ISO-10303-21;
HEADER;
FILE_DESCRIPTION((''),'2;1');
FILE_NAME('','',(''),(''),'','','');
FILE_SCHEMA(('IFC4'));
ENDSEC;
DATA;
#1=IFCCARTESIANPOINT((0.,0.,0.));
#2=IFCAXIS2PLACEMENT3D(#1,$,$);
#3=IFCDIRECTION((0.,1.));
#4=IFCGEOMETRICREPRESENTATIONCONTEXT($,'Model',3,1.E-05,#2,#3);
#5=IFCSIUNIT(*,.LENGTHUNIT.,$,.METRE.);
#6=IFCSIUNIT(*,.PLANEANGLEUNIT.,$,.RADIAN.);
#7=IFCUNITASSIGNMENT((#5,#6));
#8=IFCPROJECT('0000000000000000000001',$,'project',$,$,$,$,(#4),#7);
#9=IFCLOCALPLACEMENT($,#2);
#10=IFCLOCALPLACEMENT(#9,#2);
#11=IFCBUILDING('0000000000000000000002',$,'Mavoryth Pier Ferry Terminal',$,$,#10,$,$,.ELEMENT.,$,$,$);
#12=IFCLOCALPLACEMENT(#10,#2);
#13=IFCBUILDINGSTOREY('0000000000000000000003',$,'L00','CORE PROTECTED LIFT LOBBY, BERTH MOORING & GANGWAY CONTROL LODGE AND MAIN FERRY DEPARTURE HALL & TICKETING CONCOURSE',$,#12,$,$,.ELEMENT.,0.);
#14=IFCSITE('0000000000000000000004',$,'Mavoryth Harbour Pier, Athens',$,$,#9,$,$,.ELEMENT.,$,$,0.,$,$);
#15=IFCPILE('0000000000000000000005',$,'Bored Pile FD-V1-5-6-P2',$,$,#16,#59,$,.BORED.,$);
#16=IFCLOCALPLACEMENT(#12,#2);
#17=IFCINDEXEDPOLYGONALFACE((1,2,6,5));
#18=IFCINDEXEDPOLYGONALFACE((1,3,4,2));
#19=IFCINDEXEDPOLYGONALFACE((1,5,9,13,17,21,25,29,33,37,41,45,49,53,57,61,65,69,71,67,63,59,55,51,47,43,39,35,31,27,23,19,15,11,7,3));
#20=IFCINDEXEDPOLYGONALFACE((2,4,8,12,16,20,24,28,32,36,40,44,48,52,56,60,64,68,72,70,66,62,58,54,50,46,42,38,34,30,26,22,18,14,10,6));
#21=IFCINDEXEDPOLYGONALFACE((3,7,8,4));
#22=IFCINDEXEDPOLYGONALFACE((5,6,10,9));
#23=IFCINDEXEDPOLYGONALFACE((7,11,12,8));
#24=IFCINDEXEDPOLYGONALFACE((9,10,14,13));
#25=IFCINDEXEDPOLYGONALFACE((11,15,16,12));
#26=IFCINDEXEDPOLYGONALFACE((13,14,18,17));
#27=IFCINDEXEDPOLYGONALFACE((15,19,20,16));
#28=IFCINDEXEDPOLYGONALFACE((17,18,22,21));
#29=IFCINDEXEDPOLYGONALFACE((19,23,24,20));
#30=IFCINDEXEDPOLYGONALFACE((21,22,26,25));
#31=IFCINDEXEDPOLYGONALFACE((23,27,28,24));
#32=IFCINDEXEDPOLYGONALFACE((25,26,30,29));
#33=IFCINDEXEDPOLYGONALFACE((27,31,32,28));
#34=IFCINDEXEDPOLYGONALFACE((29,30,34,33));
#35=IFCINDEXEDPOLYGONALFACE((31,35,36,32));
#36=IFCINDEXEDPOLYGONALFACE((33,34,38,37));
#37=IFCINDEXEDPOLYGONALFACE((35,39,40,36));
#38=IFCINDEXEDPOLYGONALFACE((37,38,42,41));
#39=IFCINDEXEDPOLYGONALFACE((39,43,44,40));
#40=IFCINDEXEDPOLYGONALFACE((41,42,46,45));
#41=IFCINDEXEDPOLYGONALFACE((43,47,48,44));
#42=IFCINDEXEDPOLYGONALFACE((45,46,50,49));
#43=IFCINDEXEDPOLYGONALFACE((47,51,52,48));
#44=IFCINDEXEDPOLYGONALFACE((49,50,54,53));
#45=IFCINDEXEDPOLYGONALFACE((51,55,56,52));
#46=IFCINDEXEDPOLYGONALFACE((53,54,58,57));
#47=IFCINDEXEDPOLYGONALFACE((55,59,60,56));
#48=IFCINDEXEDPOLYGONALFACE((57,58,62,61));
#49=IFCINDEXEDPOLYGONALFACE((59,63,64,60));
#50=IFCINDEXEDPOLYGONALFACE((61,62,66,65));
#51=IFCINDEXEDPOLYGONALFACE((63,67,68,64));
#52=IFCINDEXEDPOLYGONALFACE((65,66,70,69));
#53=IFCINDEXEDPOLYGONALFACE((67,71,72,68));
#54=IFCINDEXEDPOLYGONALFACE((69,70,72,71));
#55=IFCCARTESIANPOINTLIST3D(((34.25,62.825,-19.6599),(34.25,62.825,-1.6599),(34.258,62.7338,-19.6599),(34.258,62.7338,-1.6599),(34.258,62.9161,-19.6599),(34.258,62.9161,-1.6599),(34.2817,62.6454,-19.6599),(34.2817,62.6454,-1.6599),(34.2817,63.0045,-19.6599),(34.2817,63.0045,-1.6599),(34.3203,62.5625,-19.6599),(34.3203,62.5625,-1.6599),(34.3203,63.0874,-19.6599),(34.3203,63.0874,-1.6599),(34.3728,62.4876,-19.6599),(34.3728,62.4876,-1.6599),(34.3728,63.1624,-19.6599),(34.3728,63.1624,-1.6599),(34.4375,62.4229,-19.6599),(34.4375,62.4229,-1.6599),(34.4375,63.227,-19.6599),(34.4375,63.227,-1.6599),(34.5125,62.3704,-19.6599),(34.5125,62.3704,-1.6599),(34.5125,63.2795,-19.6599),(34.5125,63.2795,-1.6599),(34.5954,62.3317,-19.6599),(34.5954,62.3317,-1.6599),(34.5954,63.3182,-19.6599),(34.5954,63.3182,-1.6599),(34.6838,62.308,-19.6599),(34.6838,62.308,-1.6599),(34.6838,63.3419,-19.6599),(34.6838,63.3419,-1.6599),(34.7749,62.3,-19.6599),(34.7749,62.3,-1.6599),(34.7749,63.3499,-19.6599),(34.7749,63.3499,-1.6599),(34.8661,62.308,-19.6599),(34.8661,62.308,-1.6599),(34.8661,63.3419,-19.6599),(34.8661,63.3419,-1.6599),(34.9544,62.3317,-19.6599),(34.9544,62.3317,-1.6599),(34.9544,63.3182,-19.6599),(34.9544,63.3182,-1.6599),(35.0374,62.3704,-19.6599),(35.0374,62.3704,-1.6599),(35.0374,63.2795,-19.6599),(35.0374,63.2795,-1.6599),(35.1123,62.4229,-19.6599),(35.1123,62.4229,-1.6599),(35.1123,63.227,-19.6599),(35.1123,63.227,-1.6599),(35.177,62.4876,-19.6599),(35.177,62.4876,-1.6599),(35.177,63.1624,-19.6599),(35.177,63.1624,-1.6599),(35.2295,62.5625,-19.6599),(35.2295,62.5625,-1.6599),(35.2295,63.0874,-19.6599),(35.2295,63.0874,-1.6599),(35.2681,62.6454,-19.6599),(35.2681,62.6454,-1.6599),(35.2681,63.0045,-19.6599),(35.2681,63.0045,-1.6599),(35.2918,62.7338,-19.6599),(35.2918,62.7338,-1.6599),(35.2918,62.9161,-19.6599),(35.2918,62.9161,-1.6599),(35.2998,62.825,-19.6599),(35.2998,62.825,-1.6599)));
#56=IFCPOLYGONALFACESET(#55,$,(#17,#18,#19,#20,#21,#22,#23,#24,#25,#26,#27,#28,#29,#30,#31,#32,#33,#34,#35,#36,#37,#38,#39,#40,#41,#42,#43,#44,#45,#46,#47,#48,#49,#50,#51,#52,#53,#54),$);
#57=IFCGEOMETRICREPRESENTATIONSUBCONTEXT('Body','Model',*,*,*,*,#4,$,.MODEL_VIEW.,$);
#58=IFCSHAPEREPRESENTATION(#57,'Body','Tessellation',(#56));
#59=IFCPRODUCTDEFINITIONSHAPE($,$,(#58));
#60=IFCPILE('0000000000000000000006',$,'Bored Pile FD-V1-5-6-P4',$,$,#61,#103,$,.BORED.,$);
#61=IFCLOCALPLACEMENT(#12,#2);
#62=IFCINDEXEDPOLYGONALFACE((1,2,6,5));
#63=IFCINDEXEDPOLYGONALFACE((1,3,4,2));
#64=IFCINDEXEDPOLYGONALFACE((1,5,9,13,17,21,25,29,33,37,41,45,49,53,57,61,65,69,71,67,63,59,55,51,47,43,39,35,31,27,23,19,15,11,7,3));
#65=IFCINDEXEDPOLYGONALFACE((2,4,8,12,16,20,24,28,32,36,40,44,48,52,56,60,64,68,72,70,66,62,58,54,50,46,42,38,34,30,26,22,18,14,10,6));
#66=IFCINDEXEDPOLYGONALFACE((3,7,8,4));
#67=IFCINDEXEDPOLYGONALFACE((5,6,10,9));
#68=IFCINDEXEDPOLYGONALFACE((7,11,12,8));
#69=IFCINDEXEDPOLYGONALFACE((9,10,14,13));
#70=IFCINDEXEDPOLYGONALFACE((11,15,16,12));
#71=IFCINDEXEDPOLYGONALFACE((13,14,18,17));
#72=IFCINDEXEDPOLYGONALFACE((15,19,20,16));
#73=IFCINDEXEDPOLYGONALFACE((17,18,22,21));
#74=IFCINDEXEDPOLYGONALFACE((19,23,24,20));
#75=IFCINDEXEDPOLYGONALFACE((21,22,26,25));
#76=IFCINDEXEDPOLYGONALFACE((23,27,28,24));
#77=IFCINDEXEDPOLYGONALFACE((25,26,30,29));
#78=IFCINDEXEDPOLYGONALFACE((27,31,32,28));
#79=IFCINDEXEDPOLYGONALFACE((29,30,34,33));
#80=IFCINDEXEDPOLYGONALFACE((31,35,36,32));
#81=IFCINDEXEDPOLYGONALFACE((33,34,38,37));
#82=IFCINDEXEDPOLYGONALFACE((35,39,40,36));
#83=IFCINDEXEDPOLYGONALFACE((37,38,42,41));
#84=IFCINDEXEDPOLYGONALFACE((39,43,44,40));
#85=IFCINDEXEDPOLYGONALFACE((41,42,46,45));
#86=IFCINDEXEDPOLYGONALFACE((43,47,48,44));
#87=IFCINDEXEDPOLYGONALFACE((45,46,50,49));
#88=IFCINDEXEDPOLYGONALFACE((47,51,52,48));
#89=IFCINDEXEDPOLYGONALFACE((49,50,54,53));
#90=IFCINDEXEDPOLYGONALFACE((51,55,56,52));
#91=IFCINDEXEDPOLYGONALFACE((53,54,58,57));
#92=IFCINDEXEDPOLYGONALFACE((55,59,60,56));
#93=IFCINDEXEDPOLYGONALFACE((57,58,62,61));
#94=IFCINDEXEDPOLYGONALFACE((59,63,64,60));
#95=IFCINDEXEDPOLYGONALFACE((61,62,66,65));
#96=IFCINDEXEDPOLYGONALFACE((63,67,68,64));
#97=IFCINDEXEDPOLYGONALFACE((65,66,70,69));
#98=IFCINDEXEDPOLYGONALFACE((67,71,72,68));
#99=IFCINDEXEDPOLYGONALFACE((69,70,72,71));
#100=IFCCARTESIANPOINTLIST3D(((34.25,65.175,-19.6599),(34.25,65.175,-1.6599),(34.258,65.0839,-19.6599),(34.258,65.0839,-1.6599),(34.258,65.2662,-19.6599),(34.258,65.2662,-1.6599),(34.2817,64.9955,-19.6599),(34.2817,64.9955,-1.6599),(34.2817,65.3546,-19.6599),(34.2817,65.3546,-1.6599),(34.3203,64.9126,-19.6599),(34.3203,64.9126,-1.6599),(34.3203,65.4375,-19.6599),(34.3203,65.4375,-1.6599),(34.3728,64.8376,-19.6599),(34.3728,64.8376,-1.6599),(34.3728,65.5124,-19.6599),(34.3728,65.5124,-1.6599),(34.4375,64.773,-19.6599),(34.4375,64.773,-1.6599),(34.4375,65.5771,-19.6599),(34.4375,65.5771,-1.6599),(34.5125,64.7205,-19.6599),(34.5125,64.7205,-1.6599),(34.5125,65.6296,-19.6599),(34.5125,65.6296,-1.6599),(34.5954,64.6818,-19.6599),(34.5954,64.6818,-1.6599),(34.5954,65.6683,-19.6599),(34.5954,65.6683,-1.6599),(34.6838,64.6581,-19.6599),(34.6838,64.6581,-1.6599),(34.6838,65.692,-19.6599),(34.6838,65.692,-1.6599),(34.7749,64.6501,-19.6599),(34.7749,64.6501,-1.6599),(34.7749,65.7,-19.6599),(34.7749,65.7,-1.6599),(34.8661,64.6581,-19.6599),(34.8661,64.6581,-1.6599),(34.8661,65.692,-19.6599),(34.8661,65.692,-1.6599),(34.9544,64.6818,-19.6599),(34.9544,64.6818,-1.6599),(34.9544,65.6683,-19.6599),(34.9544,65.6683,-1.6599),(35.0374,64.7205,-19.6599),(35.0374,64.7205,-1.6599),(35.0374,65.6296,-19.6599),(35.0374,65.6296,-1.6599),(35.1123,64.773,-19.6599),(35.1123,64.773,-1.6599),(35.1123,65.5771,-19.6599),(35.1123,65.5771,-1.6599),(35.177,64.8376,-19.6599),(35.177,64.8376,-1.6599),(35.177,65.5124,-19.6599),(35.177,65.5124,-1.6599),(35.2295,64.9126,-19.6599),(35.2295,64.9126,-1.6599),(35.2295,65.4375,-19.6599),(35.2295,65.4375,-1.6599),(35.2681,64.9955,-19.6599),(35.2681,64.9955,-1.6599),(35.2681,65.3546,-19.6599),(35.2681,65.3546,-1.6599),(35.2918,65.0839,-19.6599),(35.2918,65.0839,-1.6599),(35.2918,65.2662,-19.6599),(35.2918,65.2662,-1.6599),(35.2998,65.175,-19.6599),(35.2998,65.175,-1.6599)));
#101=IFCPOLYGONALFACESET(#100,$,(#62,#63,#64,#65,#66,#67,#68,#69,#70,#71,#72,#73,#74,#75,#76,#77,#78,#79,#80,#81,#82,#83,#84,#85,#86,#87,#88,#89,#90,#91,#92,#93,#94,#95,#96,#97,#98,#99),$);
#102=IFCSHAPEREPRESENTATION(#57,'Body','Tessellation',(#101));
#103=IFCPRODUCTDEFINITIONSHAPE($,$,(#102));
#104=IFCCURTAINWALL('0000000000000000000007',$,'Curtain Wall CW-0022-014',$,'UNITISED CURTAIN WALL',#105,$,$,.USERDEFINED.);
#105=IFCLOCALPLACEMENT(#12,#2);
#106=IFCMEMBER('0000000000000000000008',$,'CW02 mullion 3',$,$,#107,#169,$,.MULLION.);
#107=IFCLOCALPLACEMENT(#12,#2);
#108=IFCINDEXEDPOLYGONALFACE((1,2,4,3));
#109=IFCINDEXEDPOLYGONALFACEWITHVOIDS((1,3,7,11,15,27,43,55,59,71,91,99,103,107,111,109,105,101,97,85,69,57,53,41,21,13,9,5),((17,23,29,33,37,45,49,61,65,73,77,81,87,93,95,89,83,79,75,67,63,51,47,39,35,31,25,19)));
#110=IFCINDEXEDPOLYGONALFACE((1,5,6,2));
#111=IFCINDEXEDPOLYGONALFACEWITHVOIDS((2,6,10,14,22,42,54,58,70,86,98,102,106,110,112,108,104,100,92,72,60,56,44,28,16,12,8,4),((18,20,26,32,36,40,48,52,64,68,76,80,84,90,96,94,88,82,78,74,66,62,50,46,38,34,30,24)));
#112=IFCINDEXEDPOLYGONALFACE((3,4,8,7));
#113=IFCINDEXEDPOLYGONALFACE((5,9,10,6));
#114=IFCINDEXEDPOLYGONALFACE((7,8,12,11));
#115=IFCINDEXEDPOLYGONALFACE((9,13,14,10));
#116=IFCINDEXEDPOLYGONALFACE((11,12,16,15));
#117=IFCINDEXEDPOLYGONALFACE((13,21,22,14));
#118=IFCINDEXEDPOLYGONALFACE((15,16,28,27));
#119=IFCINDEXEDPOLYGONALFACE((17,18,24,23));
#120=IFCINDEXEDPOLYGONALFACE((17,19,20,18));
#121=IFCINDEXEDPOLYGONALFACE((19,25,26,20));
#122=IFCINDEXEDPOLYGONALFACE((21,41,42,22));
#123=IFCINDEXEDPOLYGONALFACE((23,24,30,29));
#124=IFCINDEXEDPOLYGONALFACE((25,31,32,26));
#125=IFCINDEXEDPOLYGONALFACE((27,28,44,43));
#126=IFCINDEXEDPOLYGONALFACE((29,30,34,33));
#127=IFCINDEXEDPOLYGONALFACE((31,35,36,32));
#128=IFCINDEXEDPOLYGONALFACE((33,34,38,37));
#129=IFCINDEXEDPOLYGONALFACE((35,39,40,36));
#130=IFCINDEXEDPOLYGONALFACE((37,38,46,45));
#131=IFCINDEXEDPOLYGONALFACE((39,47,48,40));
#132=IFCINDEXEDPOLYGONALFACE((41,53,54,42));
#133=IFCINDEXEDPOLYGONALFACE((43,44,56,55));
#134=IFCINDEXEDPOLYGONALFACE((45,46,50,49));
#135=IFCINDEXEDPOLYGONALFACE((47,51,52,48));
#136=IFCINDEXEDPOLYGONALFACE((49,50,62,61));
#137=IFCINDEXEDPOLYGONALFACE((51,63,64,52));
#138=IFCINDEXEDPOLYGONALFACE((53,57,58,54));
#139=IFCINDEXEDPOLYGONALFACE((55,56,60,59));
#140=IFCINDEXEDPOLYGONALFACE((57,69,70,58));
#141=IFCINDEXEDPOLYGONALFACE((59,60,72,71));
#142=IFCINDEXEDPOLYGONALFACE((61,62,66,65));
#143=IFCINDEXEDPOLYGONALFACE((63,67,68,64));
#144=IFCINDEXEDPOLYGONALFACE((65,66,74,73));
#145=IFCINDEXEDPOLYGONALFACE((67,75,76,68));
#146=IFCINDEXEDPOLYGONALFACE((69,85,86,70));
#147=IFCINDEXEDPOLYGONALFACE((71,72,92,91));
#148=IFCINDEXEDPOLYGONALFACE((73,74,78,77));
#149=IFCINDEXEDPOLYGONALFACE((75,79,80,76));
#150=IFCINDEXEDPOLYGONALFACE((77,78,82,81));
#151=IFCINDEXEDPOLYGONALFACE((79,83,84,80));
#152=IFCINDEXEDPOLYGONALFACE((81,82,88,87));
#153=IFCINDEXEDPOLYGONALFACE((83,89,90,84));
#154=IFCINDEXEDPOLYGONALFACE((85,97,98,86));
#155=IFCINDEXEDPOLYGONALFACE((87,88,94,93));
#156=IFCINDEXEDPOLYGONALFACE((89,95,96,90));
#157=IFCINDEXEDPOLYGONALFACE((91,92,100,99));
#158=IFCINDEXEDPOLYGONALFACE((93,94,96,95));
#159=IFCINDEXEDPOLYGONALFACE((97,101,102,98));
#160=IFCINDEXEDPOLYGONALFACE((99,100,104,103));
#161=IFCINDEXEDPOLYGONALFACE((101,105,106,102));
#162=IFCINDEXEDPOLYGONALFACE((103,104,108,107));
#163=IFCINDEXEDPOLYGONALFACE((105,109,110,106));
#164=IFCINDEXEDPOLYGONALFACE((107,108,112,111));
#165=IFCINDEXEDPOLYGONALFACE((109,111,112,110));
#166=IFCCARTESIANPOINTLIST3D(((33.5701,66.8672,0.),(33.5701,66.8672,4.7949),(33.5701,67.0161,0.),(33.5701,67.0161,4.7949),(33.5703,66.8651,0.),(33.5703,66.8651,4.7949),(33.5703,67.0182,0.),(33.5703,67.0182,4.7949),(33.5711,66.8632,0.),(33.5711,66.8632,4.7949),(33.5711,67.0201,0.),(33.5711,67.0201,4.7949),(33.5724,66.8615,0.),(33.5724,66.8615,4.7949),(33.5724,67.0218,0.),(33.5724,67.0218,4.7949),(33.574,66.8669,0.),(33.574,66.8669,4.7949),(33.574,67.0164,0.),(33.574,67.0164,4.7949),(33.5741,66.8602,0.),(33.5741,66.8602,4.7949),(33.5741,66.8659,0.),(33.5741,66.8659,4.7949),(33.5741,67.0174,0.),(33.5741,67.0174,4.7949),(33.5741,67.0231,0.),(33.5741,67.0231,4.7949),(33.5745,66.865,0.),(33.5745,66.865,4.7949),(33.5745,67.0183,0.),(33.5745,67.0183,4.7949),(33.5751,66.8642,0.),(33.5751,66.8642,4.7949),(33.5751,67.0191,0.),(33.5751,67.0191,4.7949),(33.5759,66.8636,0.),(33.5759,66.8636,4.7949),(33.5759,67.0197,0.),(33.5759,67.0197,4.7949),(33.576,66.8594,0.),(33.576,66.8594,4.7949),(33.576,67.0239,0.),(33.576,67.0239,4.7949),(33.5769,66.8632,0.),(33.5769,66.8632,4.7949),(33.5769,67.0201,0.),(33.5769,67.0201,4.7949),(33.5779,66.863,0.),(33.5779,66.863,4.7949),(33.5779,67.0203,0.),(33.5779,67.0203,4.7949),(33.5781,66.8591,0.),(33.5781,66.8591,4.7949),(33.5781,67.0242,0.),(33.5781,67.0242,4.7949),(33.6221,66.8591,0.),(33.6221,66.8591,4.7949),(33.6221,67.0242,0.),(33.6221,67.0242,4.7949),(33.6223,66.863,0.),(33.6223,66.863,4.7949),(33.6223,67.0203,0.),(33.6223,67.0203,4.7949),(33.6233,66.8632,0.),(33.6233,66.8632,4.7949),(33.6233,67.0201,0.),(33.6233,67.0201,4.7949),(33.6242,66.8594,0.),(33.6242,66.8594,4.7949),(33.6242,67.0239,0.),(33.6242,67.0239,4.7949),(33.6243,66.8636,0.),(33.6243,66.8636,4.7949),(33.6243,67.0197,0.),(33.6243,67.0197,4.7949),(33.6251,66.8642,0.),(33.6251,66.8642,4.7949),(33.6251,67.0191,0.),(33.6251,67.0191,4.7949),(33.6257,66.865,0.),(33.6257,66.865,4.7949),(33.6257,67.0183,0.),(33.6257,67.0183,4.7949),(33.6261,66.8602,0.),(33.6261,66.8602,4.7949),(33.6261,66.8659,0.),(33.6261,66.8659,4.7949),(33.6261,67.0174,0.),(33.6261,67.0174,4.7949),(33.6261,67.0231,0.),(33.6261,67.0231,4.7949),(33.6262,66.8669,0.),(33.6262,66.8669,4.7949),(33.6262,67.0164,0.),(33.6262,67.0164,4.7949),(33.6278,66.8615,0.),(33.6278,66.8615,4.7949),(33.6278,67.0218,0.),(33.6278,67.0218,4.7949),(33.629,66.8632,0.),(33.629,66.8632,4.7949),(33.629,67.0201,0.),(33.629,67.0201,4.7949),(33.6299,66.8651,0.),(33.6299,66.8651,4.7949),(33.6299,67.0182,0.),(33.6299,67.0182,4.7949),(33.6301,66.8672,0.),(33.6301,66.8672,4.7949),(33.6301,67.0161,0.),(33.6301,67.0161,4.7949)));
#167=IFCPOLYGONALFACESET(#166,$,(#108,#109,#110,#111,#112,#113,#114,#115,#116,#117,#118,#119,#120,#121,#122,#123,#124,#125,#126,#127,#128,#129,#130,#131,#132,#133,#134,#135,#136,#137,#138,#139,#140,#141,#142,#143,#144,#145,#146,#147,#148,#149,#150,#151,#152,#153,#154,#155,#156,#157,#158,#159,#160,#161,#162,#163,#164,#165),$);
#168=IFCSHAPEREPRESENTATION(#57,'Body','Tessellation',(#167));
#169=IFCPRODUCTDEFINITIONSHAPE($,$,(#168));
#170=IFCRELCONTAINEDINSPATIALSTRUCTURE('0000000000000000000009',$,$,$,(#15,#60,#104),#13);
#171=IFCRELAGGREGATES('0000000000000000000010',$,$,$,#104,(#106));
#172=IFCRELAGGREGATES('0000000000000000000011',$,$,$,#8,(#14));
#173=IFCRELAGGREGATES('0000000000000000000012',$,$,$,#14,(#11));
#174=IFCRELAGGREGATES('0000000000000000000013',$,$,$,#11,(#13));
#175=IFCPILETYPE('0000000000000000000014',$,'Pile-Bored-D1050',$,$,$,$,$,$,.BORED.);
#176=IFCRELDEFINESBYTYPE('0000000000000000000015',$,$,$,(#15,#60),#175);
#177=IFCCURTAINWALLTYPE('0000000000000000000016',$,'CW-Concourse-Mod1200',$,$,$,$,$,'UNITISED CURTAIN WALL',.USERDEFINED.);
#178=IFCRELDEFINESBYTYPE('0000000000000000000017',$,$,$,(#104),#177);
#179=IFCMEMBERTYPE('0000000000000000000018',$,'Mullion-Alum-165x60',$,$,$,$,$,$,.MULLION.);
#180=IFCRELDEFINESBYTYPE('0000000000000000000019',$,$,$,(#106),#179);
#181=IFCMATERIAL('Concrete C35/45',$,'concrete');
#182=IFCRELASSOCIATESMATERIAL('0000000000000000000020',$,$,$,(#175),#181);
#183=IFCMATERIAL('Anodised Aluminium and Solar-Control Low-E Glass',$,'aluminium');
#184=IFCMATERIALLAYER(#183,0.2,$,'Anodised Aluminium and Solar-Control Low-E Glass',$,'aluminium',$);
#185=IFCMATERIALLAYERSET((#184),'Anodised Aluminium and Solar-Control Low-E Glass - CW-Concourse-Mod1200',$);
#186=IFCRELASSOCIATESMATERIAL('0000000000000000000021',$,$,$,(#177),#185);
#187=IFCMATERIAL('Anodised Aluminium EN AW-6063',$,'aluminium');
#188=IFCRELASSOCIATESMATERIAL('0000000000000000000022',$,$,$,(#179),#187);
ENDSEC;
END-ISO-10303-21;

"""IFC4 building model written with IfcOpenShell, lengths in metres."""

from ifc_helpers import new_model, si_unit, direction, frame, origin, origin_2d, place, context, subcontext, project, spatial, hollow_rectangle, circle, extrude, material, layer, layer_set, material_profile, profile_set, type_object, element, aggregate, save


model = new_model("IFC4")

# Units and contexts
model_context = context("Model", 3, precision=1e-05, world=origin(), true_north=direction((0.0, 1.0)))
body_context = subcontext(model_context, "Body", "Model", "MODEL_VIEW")
ifc_project = project(units=[si_unit("LENGTHUNIT", "METRE"), si_unit("PLANEANGLEUNIT", "RADIAN")], contexts=[model_context])

# Site, building, storey
site_placement = place(None, origin())
site = spatial("IfcSite", under=ifc_project, at=site_placement, Name="Mavoryth Harbour Pier, Athens", CompositionType="ELEMENT", RefElevation=0.0)
building_placement = place(site_placement, origin())
building = spatial("IfcBuilding", under=site, at=building_placement, Name="Mavoryth Pier Ferry Terminal", CompositionType="ELEMENT")
storey_placement = place(building_placement, origin())
storey = spatial("IfcBuildingStorey", under=building, at=storey_placement, Name="L00", Description="CORE PROTECTED LIFT LOBBY, BERTH MOORING & GANGWAY CONTROL LODGE AND MAIN FERRY DEPARTURE HALL & TICKETING CONCOURSE", CompositionType="ELEMENT", Elevation=0.0)

# Piles
ifc_material_1 = material(Name="Concrete C35/45", Category="concrete")
ifc_material_profile_1 = material_profile(ifc_material_1, circle(Radius=0.5249, at=origin_2d()), Name="PILE D1050", Category="concrete")
ifc_profile_set_1 = profile_set([ifc_material_profile_1], Name="Concrete C35/45 - PILE D1050")
pile_type = type_object("IfcPileType", Name="Pile-Bored-D1050", PredefinedType="BORED", material=ifc_profile_set_1)
for number, where, z_axis, x_axis, name in (
    (1, (34.7749, 62.825, -1.6599), (0.0, 0.0, -1.0), (1.0, 0.0, 0.0), "Bored Pile FD-V1-5-6-P2"),
    (2, (34.7749, 65.175, -1.6599), (0.0, 0.0, -1.0), (1.0, 0.0, 0.0), "Bored Pile FD-V1-5-6-P4"),
):
    element("IfcPile", number, at=place(storey_placement, frame(where, z_axis=z_axis, x_axis=x_axis)), inside=storey, type_object=pile_type, Name=name, PredefinedType="BORED", context=body_context, shape_type="SweptSolid", body=[
        extrude(circle(Radius=0.5249, at=origin_2d()), origin(), (0.0, 0.0, 1.0), 18.0),
    ])

# Curtain wall, member
ifc_material_2 = material(Name="Anodised Aluminium and Solar-Control Low-E Glass", Category="aluminium")
ifc_layer_1 = layer(ifc_material_2, 0.2, Name="Anodised Aluminium and Solar-Control Low-E Glass", Category="aluminium")
ifc_layer_set_1 = layer_set([ifc_layer_1], Name="Anodised Aluminium and Solar-Control Low-E Glass - CW-Concourse-Mod1200")
curtain_wall_type = type_object("IfcCurtainWallType", Name="CW-Concourse-Mod1200", ElementType="UNITISED CURTAIN WALL", PredefinedType="USERDEFINED", material=ifc_layer_set_1)
curtain_wall_placement = place(storey_placement, origin())
curtain_wall = element("IfcCurtainWall", 3, at=curtain_wall_placement, inside=storey, type_object=curtain_wall_type, Name="Curtain Wall CW-0022-014", ObjectType="UNITISED CURTAIN WALL", PredefinedType="USERDEFINED")
ifc_material_3 = material(Name="Anodised Aluminium EN AW-6063", Category="aluminium")
ifc_material_profile_2 = material_profile(ifc_material_3, hollow_rectangle(XDim=0.0601, YDim=0.165, WallThickness=0.0039, InnerFilletRadius=0.0039, OuterFilletRadius=0.0081, at=origin_2d()), Name="AL-MULL 165x60x4", Category="aluminium")
ifc_profile_set_2 = profile_set([ifc_material_profile_2], Name="Anodised Aluminium EN AW-6063 - AL-MULL 165x60x4")
member_type_1 = type_object("IfcMemberType", Name="Mullion-Alum-165x60", PredefinedType="MULLION", material=ifc_profile_set_2)
member_1_placement = place(storey_placement, frame((33.6001, 66.9417, 0.0), z_axis=(0.0, 0.0, 1.0), x_axis=(-1.0, 0.0, 0.0)))
member_1 = element("IfcMember", 4, at=member_1_placement, type_object=member_type_1, Name="CW02 mullion 3", PredefinedType="MULLION", context=body_context, shape_type="SweptSolid", body=[
    extrude(hollow_rectangle(XDim=0.0601, YDim=0.165, WallThickness=0.0039, InnerFilletRadius=0.0039, OuterFilletRadius=0.0081, at=origin_2d()), origin(), (0.0, 0.0, 1.0), 4.7949),
])
aggregate(curtain_wall, [member_1])

save(model, "model.ifc")
